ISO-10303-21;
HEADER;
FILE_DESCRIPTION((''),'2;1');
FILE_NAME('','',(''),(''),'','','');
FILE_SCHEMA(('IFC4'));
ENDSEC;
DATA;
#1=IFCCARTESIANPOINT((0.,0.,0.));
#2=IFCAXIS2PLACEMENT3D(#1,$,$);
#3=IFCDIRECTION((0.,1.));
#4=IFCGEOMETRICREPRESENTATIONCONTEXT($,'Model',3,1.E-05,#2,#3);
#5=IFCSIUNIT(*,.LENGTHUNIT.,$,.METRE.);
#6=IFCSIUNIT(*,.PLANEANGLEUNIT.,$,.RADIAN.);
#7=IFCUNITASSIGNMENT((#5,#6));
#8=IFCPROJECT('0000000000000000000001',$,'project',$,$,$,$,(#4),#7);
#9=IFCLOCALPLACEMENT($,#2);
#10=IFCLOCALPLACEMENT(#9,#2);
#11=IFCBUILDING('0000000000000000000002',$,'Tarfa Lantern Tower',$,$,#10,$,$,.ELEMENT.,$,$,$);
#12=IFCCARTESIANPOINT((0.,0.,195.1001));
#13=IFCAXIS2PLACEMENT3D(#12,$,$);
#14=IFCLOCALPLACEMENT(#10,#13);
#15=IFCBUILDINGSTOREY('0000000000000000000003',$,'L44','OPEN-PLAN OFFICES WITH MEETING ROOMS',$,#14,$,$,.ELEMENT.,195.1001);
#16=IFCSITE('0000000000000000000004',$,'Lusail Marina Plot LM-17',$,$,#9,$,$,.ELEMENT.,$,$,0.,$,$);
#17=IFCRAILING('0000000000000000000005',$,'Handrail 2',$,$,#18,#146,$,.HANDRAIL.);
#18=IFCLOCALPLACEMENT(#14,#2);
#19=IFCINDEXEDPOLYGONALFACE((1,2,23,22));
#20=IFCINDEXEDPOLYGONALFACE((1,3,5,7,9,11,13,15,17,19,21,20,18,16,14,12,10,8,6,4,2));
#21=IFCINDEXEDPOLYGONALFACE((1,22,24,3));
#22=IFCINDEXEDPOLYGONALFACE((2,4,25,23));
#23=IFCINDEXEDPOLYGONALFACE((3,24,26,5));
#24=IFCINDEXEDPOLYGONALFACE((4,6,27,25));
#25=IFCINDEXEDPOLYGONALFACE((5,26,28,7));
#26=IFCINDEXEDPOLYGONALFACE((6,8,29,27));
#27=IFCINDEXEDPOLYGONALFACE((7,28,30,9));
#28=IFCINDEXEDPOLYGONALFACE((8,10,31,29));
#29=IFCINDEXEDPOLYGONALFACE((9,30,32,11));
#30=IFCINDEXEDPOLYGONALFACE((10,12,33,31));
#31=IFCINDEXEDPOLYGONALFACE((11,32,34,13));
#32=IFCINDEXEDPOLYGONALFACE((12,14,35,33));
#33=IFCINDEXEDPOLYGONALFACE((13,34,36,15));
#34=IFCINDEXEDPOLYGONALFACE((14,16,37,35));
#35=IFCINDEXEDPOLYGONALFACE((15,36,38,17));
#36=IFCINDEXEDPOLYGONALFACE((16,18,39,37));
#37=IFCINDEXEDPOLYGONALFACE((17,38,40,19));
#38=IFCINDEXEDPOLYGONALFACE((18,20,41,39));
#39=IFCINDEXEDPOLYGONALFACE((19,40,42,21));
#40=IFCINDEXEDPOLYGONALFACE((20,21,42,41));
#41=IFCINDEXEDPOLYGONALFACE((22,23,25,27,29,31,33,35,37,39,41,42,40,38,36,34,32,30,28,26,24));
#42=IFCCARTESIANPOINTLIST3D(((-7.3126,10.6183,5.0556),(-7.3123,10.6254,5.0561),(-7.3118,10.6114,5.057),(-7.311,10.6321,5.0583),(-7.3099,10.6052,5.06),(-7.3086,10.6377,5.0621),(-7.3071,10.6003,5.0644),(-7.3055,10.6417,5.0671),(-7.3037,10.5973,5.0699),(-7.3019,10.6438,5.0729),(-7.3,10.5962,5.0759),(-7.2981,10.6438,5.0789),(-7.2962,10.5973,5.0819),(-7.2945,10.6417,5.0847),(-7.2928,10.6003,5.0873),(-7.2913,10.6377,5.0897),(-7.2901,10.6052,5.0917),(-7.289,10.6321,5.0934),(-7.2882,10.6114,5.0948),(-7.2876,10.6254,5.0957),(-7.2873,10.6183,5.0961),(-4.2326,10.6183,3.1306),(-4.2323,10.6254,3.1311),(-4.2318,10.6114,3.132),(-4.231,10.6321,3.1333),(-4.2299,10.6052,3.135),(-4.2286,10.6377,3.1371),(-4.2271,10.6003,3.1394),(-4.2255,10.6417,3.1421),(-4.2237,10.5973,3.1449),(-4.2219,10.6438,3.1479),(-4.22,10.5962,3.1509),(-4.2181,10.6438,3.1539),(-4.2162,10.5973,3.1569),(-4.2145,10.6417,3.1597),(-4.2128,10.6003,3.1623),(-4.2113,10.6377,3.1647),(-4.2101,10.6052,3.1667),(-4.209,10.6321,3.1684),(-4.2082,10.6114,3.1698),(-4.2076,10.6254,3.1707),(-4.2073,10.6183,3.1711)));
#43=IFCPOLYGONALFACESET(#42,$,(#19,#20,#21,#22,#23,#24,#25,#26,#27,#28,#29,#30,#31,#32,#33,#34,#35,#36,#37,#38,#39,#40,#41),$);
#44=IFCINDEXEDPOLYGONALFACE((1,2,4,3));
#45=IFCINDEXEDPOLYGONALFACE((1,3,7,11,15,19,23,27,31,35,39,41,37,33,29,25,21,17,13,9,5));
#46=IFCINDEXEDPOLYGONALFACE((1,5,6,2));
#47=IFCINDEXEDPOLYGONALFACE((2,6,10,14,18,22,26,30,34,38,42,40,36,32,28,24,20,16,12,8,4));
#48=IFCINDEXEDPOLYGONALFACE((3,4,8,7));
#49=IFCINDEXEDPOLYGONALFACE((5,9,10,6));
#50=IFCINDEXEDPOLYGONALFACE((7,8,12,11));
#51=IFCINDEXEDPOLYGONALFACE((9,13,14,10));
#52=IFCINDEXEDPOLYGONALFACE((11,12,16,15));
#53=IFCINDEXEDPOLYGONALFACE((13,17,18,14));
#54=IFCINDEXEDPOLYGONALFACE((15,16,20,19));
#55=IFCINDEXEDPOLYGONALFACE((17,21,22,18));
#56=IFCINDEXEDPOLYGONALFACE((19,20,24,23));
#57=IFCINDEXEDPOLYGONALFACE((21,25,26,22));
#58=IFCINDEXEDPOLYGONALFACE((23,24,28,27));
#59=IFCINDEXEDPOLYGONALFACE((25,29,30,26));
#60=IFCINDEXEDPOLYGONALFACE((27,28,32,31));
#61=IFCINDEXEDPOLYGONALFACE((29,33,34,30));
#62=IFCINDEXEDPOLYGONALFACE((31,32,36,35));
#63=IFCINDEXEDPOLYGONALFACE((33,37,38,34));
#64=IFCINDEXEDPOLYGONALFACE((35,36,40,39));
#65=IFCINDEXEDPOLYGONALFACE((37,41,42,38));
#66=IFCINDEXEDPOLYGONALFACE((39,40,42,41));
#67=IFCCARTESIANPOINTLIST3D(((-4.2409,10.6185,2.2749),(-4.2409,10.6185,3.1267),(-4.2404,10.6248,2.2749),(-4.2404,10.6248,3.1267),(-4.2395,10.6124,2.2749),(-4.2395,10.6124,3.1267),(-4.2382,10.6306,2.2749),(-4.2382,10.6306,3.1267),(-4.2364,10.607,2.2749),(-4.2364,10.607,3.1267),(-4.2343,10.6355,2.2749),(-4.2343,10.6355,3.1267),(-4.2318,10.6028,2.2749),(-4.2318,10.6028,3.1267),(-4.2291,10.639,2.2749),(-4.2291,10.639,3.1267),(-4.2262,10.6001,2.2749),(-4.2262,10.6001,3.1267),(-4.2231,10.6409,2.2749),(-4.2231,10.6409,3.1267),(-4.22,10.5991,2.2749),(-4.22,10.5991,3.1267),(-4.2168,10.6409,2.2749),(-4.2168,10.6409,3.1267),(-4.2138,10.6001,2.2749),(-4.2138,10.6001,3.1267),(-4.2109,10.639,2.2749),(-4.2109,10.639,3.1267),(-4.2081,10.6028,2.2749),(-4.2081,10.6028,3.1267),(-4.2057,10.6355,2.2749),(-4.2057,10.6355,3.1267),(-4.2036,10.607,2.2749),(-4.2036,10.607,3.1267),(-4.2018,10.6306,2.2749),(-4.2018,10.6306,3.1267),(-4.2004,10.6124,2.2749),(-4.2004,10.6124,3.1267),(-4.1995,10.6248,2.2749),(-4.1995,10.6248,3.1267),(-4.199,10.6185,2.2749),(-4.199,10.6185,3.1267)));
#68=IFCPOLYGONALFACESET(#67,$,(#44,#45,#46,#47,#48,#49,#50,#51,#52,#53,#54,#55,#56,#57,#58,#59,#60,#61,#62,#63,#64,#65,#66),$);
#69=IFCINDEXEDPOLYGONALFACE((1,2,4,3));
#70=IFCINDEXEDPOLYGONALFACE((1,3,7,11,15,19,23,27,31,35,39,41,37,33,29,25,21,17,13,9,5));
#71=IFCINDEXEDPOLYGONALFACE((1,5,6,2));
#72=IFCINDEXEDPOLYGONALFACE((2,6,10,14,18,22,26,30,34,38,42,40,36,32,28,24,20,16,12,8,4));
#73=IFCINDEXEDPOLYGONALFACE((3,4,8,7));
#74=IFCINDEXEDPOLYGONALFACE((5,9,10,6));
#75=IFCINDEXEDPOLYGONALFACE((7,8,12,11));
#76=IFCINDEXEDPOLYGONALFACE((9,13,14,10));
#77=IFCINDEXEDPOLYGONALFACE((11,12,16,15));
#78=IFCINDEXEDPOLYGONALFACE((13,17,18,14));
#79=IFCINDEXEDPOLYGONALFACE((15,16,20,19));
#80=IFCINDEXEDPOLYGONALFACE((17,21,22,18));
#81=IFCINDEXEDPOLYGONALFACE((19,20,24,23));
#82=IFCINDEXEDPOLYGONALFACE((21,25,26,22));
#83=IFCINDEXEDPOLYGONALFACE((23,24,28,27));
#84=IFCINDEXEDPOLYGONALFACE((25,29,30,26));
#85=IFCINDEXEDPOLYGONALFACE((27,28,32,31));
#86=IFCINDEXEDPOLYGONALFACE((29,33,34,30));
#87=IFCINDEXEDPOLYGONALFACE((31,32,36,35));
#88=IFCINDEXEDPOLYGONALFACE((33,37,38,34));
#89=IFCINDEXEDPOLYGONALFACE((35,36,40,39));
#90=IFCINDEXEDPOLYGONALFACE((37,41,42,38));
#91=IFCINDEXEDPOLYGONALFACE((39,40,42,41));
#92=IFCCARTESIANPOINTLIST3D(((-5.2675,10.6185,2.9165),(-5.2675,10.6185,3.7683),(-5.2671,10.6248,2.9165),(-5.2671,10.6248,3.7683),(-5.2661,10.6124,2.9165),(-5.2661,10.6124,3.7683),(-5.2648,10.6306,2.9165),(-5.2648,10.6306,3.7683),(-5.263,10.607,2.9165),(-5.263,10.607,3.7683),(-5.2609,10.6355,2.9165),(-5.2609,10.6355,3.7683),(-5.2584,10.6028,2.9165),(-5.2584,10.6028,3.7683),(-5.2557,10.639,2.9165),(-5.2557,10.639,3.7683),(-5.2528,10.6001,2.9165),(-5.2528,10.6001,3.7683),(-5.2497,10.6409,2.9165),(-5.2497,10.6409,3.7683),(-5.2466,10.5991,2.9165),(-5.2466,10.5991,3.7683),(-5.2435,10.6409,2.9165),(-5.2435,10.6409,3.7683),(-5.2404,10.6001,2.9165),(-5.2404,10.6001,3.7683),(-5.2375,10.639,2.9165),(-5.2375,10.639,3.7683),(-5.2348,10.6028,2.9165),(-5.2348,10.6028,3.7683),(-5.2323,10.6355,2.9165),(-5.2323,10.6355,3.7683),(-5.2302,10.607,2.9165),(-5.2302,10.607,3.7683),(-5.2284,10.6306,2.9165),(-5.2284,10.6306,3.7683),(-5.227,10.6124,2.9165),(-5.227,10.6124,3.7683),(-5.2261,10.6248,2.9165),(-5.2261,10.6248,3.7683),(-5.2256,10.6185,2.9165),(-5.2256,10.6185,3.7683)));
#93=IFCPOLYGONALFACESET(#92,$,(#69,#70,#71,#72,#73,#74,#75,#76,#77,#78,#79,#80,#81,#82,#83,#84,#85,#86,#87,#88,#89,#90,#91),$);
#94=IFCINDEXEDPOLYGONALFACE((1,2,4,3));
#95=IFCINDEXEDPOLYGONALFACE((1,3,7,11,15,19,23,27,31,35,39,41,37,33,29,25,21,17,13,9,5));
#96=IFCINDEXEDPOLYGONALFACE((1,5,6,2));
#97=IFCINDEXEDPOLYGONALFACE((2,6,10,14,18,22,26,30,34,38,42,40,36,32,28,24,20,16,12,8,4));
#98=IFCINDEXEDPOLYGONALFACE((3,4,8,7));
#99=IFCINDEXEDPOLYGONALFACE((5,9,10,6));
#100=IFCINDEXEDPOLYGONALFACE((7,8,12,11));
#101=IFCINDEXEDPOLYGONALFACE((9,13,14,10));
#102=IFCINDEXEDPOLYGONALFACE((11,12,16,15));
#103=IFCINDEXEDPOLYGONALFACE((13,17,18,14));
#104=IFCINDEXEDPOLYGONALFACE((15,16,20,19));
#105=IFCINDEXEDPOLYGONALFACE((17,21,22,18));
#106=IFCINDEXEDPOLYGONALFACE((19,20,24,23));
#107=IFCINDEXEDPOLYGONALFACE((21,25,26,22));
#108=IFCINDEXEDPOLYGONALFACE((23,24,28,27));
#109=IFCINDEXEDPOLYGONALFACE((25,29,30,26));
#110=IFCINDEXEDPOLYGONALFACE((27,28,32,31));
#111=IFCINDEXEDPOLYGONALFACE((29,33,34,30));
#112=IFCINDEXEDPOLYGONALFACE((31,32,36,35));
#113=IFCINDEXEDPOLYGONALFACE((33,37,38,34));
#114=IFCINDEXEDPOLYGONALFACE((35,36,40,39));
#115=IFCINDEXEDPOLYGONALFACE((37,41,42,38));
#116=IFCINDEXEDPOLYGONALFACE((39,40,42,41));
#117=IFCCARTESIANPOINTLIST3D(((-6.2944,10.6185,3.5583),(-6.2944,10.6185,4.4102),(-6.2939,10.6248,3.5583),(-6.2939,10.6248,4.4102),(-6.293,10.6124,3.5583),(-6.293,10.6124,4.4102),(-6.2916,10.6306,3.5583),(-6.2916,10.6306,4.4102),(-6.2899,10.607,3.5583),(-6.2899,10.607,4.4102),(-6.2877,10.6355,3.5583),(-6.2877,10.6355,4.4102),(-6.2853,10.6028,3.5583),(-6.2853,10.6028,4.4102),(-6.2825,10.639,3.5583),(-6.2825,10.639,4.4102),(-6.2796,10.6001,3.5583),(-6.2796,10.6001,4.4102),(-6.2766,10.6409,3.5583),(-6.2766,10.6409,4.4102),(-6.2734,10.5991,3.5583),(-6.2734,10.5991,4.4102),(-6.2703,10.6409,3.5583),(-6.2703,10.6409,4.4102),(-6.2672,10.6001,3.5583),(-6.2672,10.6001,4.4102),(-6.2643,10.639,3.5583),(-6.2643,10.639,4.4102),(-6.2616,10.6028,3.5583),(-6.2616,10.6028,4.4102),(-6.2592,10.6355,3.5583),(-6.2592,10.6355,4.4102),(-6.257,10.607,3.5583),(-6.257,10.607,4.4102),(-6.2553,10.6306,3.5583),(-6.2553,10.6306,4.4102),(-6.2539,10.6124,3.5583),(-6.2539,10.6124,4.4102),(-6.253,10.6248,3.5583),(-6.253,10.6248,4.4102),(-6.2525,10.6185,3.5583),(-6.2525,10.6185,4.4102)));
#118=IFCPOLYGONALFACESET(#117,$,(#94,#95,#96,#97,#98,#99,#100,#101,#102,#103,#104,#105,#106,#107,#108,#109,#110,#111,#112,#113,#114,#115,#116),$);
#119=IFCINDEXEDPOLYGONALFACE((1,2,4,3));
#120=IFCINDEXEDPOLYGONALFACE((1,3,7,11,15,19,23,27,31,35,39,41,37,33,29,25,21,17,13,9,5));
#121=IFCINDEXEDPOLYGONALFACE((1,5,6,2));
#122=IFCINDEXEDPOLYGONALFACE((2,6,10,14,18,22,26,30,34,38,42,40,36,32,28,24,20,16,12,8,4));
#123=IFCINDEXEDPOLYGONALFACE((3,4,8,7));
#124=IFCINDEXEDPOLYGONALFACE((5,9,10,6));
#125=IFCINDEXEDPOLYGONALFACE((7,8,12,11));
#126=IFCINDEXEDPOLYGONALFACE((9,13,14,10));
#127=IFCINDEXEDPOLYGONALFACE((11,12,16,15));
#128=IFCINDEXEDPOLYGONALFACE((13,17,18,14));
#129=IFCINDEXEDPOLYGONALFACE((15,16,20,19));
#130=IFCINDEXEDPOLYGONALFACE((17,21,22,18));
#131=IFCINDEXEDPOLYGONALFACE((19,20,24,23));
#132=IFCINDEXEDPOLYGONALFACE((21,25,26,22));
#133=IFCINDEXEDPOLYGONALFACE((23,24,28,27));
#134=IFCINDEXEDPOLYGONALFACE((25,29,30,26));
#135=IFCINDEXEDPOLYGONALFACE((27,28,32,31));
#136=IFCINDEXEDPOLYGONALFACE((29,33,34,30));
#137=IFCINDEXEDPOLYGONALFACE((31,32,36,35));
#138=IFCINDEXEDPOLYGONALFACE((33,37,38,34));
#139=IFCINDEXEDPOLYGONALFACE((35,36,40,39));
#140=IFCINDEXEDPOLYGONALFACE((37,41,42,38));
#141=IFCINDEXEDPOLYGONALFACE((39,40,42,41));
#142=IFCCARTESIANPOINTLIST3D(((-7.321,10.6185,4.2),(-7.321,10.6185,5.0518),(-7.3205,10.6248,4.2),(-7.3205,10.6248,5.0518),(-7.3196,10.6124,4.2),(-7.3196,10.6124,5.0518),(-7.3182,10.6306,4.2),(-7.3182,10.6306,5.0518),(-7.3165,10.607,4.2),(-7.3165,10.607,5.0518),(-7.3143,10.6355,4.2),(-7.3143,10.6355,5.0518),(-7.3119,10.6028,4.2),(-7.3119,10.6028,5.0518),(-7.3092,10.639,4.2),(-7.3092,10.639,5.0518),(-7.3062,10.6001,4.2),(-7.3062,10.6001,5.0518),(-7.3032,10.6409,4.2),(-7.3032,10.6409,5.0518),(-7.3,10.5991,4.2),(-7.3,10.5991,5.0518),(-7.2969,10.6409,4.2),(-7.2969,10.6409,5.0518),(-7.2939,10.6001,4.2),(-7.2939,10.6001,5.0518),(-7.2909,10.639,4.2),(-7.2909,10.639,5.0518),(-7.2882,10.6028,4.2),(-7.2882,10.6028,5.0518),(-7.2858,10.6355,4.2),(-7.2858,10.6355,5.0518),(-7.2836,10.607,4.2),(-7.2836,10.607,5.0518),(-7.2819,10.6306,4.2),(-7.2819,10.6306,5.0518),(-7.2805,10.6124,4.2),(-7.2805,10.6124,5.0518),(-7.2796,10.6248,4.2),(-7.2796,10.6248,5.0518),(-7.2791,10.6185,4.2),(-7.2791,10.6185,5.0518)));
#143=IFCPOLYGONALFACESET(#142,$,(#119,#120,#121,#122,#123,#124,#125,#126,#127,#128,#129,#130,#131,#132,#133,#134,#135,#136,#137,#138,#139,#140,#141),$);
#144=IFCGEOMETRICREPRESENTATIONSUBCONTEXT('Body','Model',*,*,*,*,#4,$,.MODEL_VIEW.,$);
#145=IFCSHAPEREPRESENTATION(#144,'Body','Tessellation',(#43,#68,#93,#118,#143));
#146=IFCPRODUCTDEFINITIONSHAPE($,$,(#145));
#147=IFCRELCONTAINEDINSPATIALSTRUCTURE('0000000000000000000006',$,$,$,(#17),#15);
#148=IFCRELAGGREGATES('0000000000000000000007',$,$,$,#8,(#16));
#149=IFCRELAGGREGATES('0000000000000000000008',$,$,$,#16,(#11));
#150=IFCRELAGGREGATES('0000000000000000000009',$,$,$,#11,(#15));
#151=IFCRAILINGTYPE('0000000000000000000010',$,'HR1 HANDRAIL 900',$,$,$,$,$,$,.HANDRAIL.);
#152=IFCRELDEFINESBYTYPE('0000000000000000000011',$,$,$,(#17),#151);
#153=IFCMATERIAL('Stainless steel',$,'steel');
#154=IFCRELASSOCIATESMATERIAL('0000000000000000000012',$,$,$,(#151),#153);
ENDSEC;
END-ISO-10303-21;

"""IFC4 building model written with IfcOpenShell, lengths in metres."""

from ifc_helpers import new_model, si_unit, direction, frame, origin, origin_2d, place, context, subcontext, project, spatial, circle, extrude, material, type_object, element, save


model = new_model("IFC4")

# Units and contexts
model_context = context("Model", 3, precision=1e-05, world=origin(), true_north=direction((0.0, 1.0)))
body_context = subcontext(model_context, "Body", "Model", "MODEL_VIEW")
ifc_project = project(units=[si_unit("LENGTHUNIT", "METRE"), si_unit("PLANEANGLEUNIT", "RADIAN")], contexts=[model_context])

# Site, building, storey
site_placement = place(None, origin())
site = spatial("IfcSite", under=ifc_project, at=site_placement, Name="Lusail Marina Plot LM-17", CompositionType="ELEMENT", RefElevation=0.0)
building_placement = place(site_placement, origin())
building = spatial("IfcBuilding", under=site, at=building_placement, Name="Tarfa Lantern Tower", CompositionType="ELEMENT")
storey_placement = place(building_placement, frame((0.0, 0.0, 195.1001)))
storey = spatial("IfcBuildingStorey", under=building, at=storey_placement, Name="L44", Description="OPEN-PLAN OFFICES WITH MEETING ROOMS", CompositionType="ELEMENT", Elevation=195.1001)

# Railing
ifc_material_1 = material(Name="Stainless steel", Category="steel")
railing_type = type_object("IfcRailingType", Name="HR1 HANDRAIL 900", PredefinedType="HANDRAIL", material=ifc_material_1)
railing_1_placement = place(storey_placement, frame((-4.22, 10.6201, 2.2749)))
element("IfcRailing", 1, at=railing_1_placement, inside=storey, type_object=railing_type, Name="Handrail 2", PredefinedType="HANDRAIL", context=body_context, shape_type="SweptSolid", body=[
    extrude(circle(Radius=0.0239, at=origin_2d()), frame((0.0, 0.0, 0.876), z_axis=(-0.847998, 0.0, 0.529999), x_axis=(0.0, -1.0, 0.0)), (0.0, 0.0, 1.0), 3.6321),
    extrude(circle(Radius=0.021, at=origin_2d()), frame((0.0, 0.0, 0.0), z_axis=(0.0, 0.0, 1.0), x_axis=(0.0, -1.0, 0.0)), (0.0, 0.0, 1.0), 0.8518),
    extrude(circle(Radius=0.021, at=origin_2d()), frame((-1.0266, 0.0, 0.6416), z_axis=(0.0, 0.0, 1.0), x_axis=(0.0, -1.0, 0.0)), (0.0, 0.0, 1.0), 0.8518),
    extrude(circle(Radius=0.021, at=origin_2d()), frame((-2.0535, 0.0, 1.2834), z_axis=(0.0, 0.0, 1.0), x_axis=(0.0, -1.0, 0.0)), (0.0, 0.0, 1.0), 0.8518),
    extrude(circle(Radius=0.021, at=origin_2d()), frame((-3.0801, 0.0, 1.925), z_axis=(0.0, 0.0, 1.0), x_axis=(0.0, -1.0, 0.0)), (0.0, 0.0, 1.0), 0.8518),
])

save(model, "model.ifc")
